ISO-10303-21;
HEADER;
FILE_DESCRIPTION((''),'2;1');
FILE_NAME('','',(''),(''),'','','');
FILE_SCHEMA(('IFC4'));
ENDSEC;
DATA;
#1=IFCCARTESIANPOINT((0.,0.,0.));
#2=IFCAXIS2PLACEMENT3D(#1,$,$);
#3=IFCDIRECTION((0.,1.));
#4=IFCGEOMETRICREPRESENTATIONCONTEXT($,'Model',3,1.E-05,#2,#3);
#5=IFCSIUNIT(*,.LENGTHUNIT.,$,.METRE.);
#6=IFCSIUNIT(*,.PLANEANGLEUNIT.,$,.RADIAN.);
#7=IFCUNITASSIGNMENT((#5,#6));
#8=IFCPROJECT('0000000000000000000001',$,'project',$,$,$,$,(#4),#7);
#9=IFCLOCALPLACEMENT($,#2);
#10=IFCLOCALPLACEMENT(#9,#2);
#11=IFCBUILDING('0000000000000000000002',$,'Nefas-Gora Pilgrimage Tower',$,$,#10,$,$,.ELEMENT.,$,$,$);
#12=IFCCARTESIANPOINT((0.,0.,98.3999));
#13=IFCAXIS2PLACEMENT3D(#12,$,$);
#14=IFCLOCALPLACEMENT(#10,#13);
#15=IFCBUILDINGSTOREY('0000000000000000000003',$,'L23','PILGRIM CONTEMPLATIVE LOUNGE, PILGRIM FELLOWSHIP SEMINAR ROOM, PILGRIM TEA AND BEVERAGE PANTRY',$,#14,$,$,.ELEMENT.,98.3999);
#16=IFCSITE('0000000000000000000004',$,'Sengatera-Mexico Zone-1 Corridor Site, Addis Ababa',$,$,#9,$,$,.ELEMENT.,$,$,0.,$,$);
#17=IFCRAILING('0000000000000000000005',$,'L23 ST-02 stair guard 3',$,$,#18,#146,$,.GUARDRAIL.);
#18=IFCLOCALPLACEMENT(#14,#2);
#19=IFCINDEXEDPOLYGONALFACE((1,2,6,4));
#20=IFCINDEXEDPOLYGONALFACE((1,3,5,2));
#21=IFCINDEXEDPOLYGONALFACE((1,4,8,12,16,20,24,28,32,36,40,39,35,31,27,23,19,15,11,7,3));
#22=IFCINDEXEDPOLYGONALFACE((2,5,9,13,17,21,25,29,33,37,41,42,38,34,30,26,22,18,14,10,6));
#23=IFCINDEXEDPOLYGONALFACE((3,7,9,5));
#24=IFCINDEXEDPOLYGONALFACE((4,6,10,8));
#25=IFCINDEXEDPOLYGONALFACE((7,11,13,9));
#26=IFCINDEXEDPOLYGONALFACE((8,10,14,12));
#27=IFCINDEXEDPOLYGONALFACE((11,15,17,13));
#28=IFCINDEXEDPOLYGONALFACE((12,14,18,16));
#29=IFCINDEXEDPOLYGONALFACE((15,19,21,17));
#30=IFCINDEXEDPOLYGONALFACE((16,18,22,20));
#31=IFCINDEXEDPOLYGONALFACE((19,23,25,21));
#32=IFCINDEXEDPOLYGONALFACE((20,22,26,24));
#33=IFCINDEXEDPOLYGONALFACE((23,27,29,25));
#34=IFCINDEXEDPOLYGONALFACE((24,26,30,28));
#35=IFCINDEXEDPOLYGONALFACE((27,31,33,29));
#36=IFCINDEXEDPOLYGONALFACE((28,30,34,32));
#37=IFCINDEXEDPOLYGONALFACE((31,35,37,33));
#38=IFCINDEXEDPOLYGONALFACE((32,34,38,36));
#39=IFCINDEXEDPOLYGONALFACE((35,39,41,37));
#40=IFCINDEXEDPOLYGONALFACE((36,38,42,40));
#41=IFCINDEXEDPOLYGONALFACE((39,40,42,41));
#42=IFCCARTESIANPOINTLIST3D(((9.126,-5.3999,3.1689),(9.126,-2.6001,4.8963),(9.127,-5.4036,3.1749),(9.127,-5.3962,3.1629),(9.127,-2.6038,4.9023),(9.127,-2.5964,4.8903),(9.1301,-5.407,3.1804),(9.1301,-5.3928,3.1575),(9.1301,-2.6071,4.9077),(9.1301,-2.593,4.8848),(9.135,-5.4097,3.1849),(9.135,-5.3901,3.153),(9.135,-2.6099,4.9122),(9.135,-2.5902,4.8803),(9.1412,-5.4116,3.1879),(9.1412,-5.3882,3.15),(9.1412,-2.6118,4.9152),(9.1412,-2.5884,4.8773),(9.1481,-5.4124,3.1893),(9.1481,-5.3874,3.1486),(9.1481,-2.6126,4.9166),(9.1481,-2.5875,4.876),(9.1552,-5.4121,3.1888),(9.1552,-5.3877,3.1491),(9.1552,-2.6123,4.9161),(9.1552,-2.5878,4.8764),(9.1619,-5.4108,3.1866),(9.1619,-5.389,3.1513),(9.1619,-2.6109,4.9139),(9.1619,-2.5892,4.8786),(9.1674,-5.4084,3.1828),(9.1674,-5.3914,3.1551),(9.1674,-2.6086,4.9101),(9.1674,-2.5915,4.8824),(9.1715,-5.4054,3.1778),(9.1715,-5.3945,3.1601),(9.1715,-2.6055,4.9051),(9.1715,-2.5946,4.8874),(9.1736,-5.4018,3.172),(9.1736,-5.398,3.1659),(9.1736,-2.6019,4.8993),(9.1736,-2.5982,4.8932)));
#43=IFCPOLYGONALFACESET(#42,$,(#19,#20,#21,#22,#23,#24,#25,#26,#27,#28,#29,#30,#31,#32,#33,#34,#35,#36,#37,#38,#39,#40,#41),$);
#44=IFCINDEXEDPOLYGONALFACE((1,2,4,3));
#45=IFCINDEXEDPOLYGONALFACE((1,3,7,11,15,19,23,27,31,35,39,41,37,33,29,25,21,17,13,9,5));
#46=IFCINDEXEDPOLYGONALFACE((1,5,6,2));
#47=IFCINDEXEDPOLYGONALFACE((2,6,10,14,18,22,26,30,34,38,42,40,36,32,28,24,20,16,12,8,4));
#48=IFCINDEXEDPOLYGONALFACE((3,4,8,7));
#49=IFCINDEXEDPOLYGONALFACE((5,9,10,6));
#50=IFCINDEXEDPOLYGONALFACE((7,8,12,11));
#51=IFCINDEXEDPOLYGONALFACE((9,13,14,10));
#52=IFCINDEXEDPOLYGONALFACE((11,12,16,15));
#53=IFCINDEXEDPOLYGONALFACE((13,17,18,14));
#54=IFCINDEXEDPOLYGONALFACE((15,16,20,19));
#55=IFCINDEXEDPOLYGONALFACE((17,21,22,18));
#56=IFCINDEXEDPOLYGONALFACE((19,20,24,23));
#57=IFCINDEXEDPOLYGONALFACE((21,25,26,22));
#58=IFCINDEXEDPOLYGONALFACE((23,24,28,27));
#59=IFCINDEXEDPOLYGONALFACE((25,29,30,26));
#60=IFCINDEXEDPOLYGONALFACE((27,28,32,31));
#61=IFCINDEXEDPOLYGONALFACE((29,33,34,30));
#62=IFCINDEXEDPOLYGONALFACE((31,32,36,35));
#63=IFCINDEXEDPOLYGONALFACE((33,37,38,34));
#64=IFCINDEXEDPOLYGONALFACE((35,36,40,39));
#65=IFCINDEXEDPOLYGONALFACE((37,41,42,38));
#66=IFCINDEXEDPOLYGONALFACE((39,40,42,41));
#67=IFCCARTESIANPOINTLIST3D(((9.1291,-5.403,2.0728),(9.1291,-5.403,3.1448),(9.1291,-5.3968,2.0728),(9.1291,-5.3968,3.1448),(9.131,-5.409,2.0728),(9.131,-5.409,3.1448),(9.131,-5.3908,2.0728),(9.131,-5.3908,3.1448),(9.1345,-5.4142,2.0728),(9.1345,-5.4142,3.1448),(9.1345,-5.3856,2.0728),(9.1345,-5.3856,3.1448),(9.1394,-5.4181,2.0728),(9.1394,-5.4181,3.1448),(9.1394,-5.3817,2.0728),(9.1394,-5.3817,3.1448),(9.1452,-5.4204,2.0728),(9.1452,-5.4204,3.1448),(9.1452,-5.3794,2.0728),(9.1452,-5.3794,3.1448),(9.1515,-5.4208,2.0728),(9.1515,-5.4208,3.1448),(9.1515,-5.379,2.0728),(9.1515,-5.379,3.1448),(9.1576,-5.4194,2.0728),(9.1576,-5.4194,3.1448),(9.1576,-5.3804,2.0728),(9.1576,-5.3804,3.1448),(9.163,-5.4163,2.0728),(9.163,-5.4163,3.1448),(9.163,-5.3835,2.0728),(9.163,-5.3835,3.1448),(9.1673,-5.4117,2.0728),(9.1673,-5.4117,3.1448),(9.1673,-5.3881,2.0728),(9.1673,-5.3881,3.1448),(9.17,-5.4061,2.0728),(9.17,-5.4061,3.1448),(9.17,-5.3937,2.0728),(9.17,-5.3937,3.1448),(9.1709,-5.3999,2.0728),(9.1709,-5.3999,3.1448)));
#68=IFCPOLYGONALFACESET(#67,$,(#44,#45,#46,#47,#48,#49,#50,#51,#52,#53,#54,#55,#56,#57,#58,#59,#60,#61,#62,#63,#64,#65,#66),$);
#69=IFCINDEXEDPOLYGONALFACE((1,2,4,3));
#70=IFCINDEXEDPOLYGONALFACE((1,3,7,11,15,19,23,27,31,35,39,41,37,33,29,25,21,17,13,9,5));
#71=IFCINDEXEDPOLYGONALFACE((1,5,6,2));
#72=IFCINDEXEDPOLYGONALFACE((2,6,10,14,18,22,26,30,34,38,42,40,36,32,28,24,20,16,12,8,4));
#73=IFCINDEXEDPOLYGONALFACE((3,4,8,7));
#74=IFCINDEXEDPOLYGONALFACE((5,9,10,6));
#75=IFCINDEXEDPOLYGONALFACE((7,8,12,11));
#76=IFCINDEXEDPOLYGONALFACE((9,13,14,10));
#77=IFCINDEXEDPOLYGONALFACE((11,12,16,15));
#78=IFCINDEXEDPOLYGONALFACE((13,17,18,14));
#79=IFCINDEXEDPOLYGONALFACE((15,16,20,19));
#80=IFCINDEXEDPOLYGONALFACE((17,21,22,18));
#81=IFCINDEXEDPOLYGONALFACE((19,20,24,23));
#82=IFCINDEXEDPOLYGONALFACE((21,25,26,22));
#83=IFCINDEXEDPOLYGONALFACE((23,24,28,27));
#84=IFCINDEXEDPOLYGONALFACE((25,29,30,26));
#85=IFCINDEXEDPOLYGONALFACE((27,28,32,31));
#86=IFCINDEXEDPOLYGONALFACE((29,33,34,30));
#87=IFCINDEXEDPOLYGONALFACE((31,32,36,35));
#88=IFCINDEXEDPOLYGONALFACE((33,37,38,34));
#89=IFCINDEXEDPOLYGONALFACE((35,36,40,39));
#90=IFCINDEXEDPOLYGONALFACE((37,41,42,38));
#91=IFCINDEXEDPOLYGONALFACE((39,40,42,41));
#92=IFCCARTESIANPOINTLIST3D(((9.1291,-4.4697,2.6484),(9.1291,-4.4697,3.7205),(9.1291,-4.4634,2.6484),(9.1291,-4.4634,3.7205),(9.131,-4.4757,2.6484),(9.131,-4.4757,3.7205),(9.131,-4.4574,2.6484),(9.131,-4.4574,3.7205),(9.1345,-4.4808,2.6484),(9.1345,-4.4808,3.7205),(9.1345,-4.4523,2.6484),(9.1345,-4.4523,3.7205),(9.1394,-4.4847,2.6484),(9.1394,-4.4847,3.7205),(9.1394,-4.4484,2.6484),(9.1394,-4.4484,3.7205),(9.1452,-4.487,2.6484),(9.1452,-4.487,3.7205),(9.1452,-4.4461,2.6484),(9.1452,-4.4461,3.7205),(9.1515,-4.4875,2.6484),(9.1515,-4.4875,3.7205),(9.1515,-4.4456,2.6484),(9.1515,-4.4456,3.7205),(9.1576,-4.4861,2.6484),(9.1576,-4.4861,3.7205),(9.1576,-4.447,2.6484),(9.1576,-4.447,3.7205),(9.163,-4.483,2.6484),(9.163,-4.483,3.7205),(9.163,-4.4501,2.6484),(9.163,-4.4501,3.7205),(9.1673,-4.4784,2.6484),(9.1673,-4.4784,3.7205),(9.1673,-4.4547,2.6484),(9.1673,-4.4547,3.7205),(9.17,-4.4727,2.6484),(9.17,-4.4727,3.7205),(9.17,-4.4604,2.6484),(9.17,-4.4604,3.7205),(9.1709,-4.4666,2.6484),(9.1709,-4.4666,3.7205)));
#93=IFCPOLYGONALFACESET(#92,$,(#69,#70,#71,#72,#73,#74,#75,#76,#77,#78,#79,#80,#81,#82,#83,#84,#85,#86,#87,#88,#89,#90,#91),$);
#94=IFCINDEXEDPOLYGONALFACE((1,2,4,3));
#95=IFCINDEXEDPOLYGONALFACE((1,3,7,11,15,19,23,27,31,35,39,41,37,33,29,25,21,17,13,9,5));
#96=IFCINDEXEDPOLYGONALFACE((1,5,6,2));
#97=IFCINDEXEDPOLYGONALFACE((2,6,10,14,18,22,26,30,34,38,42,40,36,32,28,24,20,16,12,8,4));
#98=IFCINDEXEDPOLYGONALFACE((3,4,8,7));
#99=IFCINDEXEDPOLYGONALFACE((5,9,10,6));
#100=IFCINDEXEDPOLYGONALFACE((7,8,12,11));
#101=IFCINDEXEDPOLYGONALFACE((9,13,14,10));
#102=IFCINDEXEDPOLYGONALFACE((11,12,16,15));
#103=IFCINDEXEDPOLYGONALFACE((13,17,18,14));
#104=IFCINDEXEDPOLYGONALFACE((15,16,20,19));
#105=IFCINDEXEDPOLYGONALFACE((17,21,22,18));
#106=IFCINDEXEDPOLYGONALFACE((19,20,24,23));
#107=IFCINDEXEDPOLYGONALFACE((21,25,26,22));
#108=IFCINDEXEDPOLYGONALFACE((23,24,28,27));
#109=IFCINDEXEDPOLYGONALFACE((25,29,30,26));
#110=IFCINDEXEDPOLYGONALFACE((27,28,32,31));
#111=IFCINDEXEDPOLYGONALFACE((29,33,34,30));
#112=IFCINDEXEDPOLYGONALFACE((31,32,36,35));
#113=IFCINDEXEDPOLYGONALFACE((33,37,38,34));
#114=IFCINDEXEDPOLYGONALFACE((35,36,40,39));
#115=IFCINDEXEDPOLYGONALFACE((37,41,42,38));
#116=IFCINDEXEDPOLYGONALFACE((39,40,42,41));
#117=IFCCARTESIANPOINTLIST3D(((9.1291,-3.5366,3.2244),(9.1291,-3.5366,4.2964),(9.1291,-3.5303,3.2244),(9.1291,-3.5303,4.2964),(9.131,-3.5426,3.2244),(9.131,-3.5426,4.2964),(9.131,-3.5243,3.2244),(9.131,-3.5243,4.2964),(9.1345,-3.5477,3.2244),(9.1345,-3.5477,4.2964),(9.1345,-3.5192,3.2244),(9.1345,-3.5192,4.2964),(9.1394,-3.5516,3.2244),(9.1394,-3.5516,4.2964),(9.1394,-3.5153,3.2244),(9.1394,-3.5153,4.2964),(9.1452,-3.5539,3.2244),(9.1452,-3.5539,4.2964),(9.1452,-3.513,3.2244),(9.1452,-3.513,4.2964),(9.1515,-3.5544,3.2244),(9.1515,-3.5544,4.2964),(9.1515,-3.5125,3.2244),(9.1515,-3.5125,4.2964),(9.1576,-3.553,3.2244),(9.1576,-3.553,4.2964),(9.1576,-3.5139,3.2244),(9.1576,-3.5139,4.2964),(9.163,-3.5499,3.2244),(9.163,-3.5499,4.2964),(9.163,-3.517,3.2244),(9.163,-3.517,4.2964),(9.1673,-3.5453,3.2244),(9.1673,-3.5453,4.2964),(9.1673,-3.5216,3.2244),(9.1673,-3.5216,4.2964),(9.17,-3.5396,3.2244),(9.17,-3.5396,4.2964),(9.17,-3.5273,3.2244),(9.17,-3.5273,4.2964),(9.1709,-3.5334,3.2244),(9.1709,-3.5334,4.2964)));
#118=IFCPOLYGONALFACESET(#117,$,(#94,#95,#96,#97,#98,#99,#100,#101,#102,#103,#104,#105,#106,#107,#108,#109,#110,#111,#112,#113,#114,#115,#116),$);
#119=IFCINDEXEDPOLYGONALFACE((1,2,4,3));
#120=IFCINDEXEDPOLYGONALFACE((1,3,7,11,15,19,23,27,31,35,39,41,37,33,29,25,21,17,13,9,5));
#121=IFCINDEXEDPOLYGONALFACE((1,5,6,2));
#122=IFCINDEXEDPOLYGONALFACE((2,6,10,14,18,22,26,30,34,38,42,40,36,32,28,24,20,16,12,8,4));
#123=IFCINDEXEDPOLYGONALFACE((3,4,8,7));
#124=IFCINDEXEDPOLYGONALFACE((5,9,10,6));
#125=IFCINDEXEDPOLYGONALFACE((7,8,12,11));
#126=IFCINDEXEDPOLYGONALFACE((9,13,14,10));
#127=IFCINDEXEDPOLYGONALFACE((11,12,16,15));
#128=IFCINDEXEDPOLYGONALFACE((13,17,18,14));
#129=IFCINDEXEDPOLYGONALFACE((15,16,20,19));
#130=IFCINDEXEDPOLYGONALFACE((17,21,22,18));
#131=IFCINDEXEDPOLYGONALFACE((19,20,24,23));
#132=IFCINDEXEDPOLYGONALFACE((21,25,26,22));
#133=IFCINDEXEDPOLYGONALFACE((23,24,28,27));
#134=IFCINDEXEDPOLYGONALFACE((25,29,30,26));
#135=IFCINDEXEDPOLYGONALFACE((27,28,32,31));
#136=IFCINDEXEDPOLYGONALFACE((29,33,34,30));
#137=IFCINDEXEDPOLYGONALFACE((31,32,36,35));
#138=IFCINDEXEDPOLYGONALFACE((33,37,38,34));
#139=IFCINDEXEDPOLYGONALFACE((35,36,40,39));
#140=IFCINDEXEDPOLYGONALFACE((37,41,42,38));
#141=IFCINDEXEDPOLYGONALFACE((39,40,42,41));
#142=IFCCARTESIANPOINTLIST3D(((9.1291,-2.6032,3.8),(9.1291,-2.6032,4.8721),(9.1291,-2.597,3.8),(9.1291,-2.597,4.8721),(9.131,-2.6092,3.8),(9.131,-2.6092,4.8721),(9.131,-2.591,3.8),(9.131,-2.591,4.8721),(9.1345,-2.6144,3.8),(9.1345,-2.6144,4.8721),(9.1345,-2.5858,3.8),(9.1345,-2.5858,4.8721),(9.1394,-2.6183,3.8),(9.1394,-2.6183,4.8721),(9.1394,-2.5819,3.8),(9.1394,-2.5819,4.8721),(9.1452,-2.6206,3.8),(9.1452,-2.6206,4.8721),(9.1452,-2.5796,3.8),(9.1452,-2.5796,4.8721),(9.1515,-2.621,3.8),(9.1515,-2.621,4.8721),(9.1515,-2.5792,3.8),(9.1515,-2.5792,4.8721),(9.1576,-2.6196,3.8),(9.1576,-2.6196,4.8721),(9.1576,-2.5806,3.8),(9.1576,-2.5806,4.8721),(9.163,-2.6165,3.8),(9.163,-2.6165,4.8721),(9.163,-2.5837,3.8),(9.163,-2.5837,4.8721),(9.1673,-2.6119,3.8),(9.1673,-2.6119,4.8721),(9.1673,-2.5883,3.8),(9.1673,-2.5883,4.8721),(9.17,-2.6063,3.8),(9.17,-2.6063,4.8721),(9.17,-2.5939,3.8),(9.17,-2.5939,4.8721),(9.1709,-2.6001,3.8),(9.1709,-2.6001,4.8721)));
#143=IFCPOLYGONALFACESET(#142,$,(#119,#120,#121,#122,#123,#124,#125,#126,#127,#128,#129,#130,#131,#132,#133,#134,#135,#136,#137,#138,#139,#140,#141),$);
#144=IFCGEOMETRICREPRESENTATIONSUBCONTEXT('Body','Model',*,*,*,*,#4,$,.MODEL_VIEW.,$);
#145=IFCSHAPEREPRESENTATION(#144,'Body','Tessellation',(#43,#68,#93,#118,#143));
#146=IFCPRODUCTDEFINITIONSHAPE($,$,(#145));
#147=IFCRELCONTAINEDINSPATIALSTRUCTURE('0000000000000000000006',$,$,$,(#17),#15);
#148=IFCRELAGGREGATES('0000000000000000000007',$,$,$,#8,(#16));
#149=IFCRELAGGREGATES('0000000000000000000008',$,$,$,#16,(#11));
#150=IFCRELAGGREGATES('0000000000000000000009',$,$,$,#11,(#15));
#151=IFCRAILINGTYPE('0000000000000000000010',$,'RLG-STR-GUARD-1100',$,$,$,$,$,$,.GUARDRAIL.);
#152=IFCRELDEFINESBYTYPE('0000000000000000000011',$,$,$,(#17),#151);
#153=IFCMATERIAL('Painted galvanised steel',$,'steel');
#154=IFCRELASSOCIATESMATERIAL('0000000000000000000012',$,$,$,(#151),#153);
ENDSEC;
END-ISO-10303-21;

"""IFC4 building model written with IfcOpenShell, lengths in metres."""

from ifc_helpers import new_model, si_unit, direction, frame, origin, origin_2d, place, context, subcontext, project, spatial, circle, extrude, material, type_object, element, save


model = new_model("IFC4")

# Units and contexts
model_context = context("Model", 3, precision=1e-05, world=origin(), true_north=direction((0.0, 1.0)))
body_context = subcontext(model_context, "Body", "Model", "MODEL_VIEW")
ifc_project = project(units=[si_unit("LENGTHUNIT", "METRE"), si_unit("PLANEANGLEUNIT", "RADIAN")], contexts=[model_context])

# Site, building, storey
site_placement = place(None, origin())
site = spatial("IfcSite", under=ifc_project, at=site_placement, Name="Sengatera-Mexico Zone-1 Corridor Site, Addis Ababa", CompositionType="ELEMENT", RefElevation=0.0)
building_placement = place(site_placement, origin())
building = spatial("IfcBuilding", under=site, at=building_placement, Name="Nefas-Gora Pilgrimage Tower", CompositionType="ELEMENT")
storey_placement = place(building_placement, frame((0.0, 0.0, 98.3999)))
storey = spatial("IfcBuildingStorey", under=building, at=storey_placement, Name="L23", Description="PILGRIM CONTEMPLATIVE LOUNGE, PILGRIM FELLOWSHIP SEMINAR ROOM, PILGRIM TEA AND BEVERAGE PANTRY", CompositionType="ELEMENT", Elevation=98.3999)

# Railing
ifc_material_1 = material(Name="Painted galvanised steel", Category="steel")
railing_type_1 = type_object("IfcRailingType", Name="RLG-STR-GUARD-1100", PredefinedType="GUARDRAIL", material=ifc_material_1)
railing_1_placement = place(storey_placement, frame((9.1499, -5.3999, 2.0728)))
element("IfcRailing", 1, at=railing_1_placement, inside=storey, type_object=railing_type_1, Name="L23 ST-02 stair guard 3", PredefinedType="GUARDRAIL", context=body_context, shape_type="SweptSolid", body=[
    extrude(circle(Radius=0.0239, at=origin_2d()), frame((0.0, 0.0, 1.0962), z_axis=(0.0, 0.851069, 0.525054), x_axis=(-1.0, 0.0, 0.0)), (0.0, 0.0, 1.0), 3.2898),
    extrude(circle(Radius=0.021, at=origin_2d()), origin(), (0.0, 0.0, 1.0), 1.072),
    extrude(circle(Radius=0.021, at=origin_2d()), frame((0.0, 0.9333, 0.5757)), (0.0, 0.0, 1.0), 1.072),
    extrude(circle(Radius=0.021, at=origin_2d()), frame((0.0, 1.8665, 1.1516)), (0.0, 0.0, 1.0), 1.072),
    extrude(circle(Radius=0.021, at=origin_2d()), frame((0.0, 2.7998, 1.7273)), (0.0, 0.0, 1.0), 1.072),
])

save(model, "model.ifc")
